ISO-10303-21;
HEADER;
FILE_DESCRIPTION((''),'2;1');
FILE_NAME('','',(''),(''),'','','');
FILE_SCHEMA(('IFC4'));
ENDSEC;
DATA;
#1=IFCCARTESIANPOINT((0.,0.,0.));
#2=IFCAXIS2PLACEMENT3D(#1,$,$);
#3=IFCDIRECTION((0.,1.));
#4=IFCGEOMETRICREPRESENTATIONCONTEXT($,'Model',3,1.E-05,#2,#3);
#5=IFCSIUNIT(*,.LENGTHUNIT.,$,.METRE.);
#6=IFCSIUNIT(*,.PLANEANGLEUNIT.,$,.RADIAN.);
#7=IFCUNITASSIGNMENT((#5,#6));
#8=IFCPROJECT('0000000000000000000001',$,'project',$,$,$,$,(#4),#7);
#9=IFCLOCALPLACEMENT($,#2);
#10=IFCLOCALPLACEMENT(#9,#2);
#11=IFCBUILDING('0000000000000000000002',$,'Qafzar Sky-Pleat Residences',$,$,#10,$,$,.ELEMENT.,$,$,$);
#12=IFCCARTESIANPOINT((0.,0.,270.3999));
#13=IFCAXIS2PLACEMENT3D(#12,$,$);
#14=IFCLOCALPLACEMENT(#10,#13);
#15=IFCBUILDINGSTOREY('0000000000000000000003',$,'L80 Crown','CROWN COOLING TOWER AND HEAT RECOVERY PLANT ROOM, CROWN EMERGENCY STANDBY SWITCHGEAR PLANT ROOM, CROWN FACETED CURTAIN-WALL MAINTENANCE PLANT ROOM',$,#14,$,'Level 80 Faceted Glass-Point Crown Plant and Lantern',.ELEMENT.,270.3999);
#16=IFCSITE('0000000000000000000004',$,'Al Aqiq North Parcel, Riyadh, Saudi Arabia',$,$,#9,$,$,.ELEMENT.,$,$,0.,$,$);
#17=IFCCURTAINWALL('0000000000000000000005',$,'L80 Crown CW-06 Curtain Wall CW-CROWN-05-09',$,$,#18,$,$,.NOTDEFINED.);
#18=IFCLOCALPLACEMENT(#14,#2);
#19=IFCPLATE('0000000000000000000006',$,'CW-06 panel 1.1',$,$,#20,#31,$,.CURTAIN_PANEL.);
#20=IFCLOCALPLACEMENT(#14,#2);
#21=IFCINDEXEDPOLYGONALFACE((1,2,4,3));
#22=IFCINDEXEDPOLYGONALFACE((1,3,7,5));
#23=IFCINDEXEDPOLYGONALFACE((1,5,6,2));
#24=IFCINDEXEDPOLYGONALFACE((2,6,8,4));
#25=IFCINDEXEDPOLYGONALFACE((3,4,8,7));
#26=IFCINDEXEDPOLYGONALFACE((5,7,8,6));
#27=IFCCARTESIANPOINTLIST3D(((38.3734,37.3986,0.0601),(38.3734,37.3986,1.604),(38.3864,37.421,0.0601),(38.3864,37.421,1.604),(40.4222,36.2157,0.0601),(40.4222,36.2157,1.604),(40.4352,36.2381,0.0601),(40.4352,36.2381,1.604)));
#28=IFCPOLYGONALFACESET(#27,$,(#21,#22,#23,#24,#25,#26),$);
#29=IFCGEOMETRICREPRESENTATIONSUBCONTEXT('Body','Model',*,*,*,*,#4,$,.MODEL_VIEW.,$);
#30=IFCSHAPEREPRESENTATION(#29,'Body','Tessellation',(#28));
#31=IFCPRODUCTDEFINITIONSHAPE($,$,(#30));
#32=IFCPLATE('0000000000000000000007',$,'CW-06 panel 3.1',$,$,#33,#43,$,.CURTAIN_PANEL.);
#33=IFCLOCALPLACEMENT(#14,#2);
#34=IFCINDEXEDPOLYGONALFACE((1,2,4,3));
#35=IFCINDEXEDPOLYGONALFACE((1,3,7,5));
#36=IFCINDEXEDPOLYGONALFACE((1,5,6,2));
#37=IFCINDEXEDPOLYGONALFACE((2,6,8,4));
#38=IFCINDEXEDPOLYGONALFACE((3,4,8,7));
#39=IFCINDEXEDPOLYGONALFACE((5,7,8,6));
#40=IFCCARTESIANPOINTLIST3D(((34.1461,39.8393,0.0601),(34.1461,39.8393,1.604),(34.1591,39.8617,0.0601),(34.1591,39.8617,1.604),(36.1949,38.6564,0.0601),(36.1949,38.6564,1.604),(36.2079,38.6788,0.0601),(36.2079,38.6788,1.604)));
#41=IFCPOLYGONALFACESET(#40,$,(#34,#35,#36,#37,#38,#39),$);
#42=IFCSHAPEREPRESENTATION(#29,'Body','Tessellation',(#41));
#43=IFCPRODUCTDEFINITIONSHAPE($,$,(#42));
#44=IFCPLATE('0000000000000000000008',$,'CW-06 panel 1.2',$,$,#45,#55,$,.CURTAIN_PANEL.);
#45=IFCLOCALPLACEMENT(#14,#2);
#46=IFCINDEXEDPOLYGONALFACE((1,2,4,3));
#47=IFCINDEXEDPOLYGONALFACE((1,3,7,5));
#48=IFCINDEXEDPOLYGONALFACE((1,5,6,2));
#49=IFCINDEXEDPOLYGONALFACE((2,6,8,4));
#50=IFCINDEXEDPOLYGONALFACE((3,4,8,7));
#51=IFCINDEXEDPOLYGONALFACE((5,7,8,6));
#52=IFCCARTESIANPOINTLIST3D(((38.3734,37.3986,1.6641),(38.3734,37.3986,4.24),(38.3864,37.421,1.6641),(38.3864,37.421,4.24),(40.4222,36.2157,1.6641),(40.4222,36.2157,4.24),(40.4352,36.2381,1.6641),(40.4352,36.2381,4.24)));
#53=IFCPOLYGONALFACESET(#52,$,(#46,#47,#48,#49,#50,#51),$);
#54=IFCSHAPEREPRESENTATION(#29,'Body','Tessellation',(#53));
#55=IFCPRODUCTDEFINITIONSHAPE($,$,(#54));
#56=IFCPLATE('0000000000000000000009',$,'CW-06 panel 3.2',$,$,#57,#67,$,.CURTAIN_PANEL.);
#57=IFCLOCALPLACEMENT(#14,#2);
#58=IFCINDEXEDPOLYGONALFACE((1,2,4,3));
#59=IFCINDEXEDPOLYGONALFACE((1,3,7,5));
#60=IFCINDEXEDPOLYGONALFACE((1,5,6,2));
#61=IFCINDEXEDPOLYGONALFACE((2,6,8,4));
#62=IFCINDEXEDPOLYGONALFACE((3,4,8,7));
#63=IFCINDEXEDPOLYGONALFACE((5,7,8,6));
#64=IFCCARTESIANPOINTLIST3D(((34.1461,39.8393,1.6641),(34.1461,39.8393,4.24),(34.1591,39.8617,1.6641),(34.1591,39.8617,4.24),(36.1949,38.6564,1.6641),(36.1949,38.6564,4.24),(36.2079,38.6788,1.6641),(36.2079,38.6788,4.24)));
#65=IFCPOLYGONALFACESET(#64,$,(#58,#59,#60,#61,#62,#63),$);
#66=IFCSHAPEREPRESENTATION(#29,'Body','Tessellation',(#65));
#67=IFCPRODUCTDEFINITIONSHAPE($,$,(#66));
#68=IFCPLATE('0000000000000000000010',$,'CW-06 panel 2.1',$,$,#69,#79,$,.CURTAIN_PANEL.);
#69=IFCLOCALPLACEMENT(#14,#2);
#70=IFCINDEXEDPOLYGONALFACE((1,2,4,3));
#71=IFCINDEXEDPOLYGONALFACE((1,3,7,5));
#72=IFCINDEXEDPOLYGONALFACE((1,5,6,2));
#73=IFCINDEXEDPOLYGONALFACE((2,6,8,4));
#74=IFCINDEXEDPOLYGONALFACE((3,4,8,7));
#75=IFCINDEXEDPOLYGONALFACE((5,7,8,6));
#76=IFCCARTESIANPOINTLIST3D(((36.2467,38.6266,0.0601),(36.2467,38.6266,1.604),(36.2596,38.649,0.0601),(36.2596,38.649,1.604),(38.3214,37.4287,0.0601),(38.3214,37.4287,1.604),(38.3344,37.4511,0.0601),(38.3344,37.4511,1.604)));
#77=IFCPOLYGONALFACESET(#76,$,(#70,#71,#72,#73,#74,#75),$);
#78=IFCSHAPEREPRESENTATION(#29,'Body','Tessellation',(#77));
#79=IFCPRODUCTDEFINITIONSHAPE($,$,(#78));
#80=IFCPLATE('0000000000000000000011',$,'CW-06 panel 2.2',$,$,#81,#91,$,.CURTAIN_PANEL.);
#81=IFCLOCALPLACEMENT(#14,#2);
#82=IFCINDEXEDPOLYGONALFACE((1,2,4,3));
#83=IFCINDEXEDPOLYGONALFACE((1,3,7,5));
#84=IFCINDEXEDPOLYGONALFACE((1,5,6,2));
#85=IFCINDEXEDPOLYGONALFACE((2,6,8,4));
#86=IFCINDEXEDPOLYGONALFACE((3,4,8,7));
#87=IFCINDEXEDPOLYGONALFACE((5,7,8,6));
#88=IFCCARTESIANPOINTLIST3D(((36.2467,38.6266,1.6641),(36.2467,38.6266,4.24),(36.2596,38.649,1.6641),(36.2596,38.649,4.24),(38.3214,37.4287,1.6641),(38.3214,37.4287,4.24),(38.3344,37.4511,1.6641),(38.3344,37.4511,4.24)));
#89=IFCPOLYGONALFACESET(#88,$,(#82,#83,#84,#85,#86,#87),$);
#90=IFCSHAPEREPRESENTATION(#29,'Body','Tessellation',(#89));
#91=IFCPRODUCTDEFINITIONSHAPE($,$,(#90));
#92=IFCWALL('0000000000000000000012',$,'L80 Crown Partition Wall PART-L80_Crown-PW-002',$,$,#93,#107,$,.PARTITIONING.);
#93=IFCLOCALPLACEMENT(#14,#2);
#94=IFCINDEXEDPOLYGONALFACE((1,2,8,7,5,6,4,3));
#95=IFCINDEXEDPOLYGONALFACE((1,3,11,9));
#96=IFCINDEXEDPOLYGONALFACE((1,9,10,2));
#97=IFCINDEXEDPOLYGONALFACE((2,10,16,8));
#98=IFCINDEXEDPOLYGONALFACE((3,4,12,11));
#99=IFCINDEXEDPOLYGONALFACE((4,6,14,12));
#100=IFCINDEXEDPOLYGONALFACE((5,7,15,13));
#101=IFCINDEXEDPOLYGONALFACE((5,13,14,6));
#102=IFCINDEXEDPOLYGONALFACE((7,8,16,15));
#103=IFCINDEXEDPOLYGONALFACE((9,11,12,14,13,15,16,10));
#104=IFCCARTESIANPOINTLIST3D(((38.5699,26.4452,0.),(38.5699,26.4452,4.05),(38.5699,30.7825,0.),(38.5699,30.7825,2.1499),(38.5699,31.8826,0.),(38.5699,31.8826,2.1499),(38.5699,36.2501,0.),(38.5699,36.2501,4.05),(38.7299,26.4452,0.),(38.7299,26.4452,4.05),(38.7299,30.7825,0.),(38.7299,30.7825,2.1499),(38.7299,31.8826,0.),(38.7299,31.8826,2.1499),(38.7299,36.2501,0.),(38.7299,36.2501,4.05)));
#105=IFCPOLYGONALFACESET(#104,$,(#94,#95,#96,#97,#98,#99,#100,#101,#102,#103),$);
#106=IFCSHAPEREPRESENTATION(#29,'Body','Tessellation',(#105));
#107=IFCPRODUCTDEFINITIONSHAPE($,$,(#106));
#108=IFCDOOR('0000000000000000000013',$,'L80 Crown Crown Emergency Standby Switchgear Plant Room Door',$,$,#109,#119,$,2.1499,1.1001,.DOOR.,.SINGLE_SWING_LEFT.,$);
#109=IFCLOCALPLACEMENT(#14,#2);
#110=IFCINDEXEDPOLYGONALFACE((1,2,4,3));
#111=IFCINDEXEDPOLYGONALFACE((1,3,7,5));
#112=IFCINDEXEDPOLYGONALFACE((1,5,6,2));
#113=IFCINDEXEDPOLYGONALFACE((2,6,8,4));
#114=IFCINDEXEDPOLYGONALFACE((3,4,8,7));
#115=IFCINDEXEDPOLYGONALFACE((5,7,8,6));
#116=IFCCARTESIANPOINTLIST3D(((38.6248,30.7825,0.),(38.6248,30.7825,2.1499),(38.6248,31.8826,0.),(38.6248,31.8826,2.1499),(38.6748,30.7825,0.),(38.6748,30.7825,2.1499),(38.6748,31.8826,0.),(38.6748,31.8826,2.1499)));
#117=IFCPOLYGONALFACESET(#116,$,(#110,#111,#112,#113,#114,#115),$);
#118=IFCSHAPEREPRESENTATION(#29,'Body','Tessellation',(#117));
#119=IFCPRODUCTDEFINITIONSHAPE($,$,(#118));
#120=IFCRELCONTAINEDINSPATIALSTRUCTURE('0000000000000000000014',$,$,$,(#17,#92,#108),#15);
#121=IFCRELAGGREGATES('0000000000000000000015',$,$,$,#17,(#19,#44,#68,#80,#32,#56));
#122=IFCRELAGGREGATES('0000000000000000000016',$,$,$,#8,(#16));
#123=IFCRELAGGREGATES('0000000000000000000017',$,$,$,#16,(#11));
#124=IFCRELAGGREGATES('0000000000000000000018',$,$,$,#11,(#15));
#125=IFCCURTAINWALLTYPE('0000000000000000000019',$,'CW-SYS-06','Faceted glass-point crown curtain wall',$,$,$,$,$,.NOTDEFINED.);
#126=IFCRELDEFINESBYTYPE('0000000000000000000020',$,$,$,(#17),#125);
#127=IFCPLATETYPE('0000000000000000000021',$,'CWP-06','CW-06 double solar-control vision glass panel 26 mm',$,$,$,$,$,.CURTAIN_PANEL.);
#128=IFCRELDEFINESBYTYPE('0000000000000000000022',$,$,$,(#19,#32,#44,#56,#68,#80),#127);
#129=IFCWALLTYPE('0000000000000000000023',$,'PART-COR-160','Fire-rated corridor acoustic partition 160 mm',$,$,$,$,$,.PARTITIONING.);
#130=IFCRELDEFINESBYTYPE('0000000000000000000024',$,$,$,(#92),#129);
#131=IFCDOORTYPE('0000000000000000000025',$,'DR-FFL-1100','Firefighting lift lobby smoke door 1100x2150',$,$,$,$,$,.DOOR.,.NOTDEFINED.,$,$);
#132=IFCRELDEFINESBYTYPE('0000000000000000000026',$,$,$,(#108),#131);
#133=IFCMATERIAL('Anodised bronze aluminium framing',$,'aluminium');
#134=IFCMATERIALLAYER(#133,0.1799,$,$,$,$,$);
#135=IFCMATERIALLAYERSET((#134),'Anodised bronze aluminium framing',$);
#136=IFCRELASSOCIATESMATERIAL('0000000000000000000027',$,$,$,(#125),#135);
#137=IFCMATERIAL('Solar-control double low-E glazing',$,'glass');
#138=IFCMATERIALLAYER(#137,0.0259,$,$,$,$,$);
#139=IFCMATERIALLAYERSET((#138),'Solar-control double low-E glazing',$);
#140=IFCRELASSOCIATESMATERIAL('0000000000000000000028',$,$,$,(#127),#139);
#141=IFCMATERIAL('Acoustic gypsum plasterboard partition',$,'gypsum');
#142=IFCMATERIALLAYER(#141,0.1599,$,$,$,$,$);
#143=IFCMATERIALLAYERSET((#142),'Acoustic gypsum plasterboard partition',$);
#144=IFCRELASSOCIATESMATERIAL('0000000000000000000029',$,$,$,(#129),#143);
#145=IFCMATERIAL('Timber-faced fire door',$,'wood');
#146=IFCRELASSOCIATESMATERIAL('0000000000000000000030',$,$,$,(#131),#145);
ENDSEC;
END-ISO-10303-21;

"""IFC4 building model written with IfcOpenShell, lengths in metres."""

from ifc_helpers import new_model, si_unit, direction, frame, frame_2d, origin, origin_2d, place, context, subcontext, project, spatial, rectangle, extrude, source, transform, mapped, material, layer, layer_set, type_object, element, fill, aggregate, save


model = new_model("IFC4")

# Units and contexts
model_context = context("Model", 3, precision=1e-05, world=origin(), true_north=direction((0.0, 1.0)))
body_context = subcontext(model_context, "Body", "Model", "MODEL_VIEW")
ifc_project = project(units=[si_unit("LENGTHUNIT", "METRE"), si_unit("PLANEANGLEUNIT", "RADIAN")], contexts=[model_context])

# Site, building, storey
site_placement = place(None, origin())
site = spatial("IfcSite", under=ifc_project, at=site_placement, Name="Al Aqiq North Parcel, Riyadh, Saudi Arabia", CompositionType="ELEMENT", RefElevation=0.0)
building_placement = place(site_placement, origin())
building = spatial("IfcBuilding", under=site, at=building_placement, Name="Qafzar Sky-Pleat Residences", CompositionType="ELEMENT")
storey_placement = place(building_placement, frame((0.0, 0.0, 270.3999)))
storey = spatial("IfcBuildingStorey", under=building, at=storey_placement, Name="L80 Crown", Description="CROWN COOLING TOWER AND HEAT RECOVERY PLANT ROOM, CROWN EMERGENCY STANDBY SWITCHGEAR PLANT ROOM, CROWN FACETED CURTAIN-WALL MAINTENANCE PLANT ROOM", LongName="Level 80 Faceted Glass-Point Crown Plant and Lantern", CompositionType="ELEMENT", Elevation=270.3999)

# Shared definitions
ifc_material_1 = material(Name="Anodised bronze aluminium framing", Category="aluminium")
ifc_layer_1 = layer(ifc_material_1, 0.1799)
ifc_layer_set_1 = layer_set([ifc_layer_1], Name="Anodised bronze aluminium framing")
curtain_wall_type = type_object("IfcCurtainWallType", Name="CW-SYS-06", Description="Faceted glass-point crown curtain wall", PredefinedType="NOTDEFINED", material=ifc_layer_set_1)

# Curtain wall, plates
curtain_wall_1_placement = place(storey_placement, origin())
curtain_wall_1 = element("IfcCurtainWall", 1, at=curtain_wall_1_placement, inside=storey, type_object=curtain_wall_type, Name="L80 Crown CW-06 Curtain Wall CW-CROWN-05-09", PredefinedType="NOTDEFINED")
ifc_material_2 = material(Name="Solar-control double low-E glazing", Category="glass")
ifc_layer_2 = layer(ifc_material_2, 0.0259)
ifc_layer_set_2 = layer_set([ifc_layer_2], Name="Solar-control double low-E glazing")
plate_type = type_object("IfcPlateType", Name="CWP-06", Description="CW-06 double solar-control vision glass panel 26 mm", PredefinedType="CURTAIN_PANEL", material=ifc_layer_set_2)
shared_shape_1 = source(origin(), body_context, "Body", "SweptSolid", [
    extrude(rectangle(XDim=2.3657, YDim=0.0259, at=origin_2d()), origin(), (0.0, 0.0, 1.0), 1.5439),
])
plate_1_placement = place(storey_placement, frame((39.4043, 36.8184, 0.0601), z_axis=(0.0, 0.0, 1.0), x_axis=(-0.866025, 0.500001, 0.0)))
plate_1 = element("IfcPlate", 2, at=plate_1_placement, type_object=plate_type, Name="CW-06 panel 1.1", PredefinedType="CURTAIN_PANEL", context=body_context, shape_type="MappedRepresentation", body=[
    mapped(shared_shape_1, transform((0.0, 0.0, 0.0), x_axis=(1.0, 0.0, 0.0), y_axis=(0.0, 1.0, 0.0), z_axis=(0.0, 0.0, 1.0), scale=1.0)),
])
plate_2_placement = place(storey_placement, frame((35.177, 39.259, 0.0601), z_axis=(0.0, 0.0, 1.0), x_axis=(-0.866025, 0.500001, 0.0)))
plate_2 = element("IfcPlate", 3, at=plate_2_placement, type_object=plate_type, Name="CW-06 panel 3.1", PredefinedType="CURTAIN_PANEL", context=body_context, shape_type="MappedRepresentation", body=[
    mapped(shared_shape_1, transform((0.0, 0.0, 0.0), x_axis=(1.0, 0.0, 0.0), y_axis=(0.0, 1.0, 0.0), z_axis=(0.0, 0.0, 1.0), scale=1.0)),
])
shared_shape_2 = source(origin(), body_context, "Body", "SweptSolid", [
    extrude(rectangle(XDim=2.3657, YDim=0.0259, at=origin_2d()), origin(), (0.0, 0.0, 1.0), 2.5759),
])
plate_3_placement = place(storey_placement, frame((39.4043, 36.8184, 1.6641), z_axis=(0.0, 0.0, 1.0), x_axis=(-0.866025, 0.500001, 0.0)))
plate_3 = element("IfcPlate", 4, at=plate_3_placement, type_object=plate_type, Name="CW-06 panel 1.2", PredefinedType="CURTAIN_PANEL", context=body_context, shape_type="MappedRepresentation", body=[
    mapped(shared_shape_2, transform((0.0, 0.0, 0.0), x_axis=(1.0, 0.0, 0.0), y_axis=(0.0, 1.0, 0.0), z_axis=(0.0, 0.0, 1.0), scale=1.0)),
])
plate_4_placement = place(storey_placement, frame((35.177, 39.259, 1.6641), z_axis=(0.0, 0.0, 1.0), x_axis=(-0.866025, 0.500001, 0.0)))
plate_4 = element("IfcPlate", 5, at=plate_4_placement, type_object=plate_type, Name="CW-06 panel 3.2", PredefinedType="CURTAIN_PANEL", context=body_context, shape_type="MappedRepresentation", body=[
    mapped(shared_shape_2, transform((0.0, 0.0, 0.0), x_axis=(1.0, 0.0, 0.0), y_axis=(0.0, 1.0, 0.0), z_axis=(0.0, 0.0, 1.0), scale=1.0)),
])
shared_shape_3 = source(origin(), body_context, "Body", "SweptSolid", [
    extrude(rectangle(XDim=2.3958, YDim=0.0259, at=origin_2d()), origin(), (0.0, 0.0, 1.0), 1.5439),
])
plate_5_placement = place(storey_placement, frame((37.2905, 38.0388, 0.0601), z_axis=(0.0, 0.0, 1.0), x_axis=(-0.866025, 0.500001, 0.0)))
plate_5 = element("IfcPlate", 6, at=plate_5_placement, type_object=plate_type, Name="CW-06 panel 2.1", PredefinedType="CURTAIN_PANEL", context=body_context, shape_type="MappedRepresentation", body=[
    mapped(shared_shape_3, transform((0.0, 0.0, 0.0), x_axis=(1.0, 0.0, 0.0), y_axis=(0.0, 1.0, 0.0), z_axis=(0.0, 0.0, 1.0), scale=1.0)),
])
shared_shape_4 = source(origin(), body_context, "Body", "SweptSolid", [
    extrude(rectangle(XDim=2.3958, YDim=0.0259, at=origin_2d()), origin(), (0.0, 0.0, 1.0), 2.5759),
])
plate_6_placement = place(storey_placement, frame((37.2905, 38.0388, 1.6641), z_axis=(0.0, 0.0, 1.0), x_axis=(-0.866025, 0.500001, 0.0)))
plate_6 = element("IfcPlate", 7, at=plate_6_placement, type_object=plate_type, Name="CW-06 panel 2.2", PredefinedType="CURTAIN_PANEL", context=body_context, shape_type="MappedRepresentation", body=[
    mapped(shared_shape_4, transform((0.0, 0.0, 0.0), x_axis=(1.0, 0.0, 0.0), y_axis=(0.0, 1.0, 0.0), z_axis=(0.0, 0.0, 1.0), scale=1.0)),
])
aggregate(curtain_wall_1, [plate_1, plate_3, plate_5, plate_6, plate_2, plate_4])

# Wall, opening, door
ifc_material_3 = material(Name="Acoustic gypsum plasterboard partition", Category="gypsum")
ifc_layer_3 = layer(ifc_material_3, 0.1599)
ifc_layer_set_3 = layer_set([ifc_layer_3], Name="Acoustic gypsum plasterboard partition")
wall_type = type_object("IfcWallType", Name="PART-COR-160", Description="Fire-rated corridor acoustic partition 160 mm", PredefinedType="PARTITIONING", material=ifc_layer_set_3)
wall_placement = place(storey_placement, frame((38.6499, 36.25, 0.0), z_axis=(0.0, 0.0, 1.0), x_axis=(0.0, -1.0, 0.0)))
wall = element("IfcWall", 8, at=wall_placement, inside=storey, type_object=wall_type, Name="L80 Crown Partition Wall PART-L80_Crown-PW-002", PredefinedType="PARTITIONING", context=body_context, shape_type="SweptSolid", body=[
    extrude(rectangle(XDim=9.8049, YDim=0.1599, at=frame_2d((4.9023, 0.0))), origin(), (0.0, 0.0, 1.0), 4.05),
])
opening_placement = place(wall_placement, frame((4.3674, 0.0, 0.0)))
opening = element("IfcOpeningElement", 9, at=opening_placement, cuts=wall, PredefinedType="OPENING", context=body_context, shape_type="SweptSolid", body=[
    extrude(rectangle(XDim=1.1001, YDim=2.1499, at=frame_2d((0.55, 1.075))), frame((0.0, 0.0898, 0.0), z_axis=(0.0, -1.0, 0.0), x_axis=(1.0, 0.0, 0.0)), (0.0, 0.0, 1.0), 0.1799),
])
ifc_material_4 = material(Name="Timber-faced fire door", Category="wood")
door_type = type_object("IfcDoorType", Name="DR-FFL-1100", Description="Firefighting lift lobby smoke door 1100x2150", OperationType="NOTDEFINED", PredefinedType="DOOR", material=ifc_material_4)
shared_shape_5 = source(origin(), body_context, "Body", "SweptSolid", [
    extrude(rectangle(XDim=1.1001, YDim=2.1499, at=frame_2d((0.55, 1.075))), frame((0.0, 0.0249, 0.0), z_axis=(0.0, -1.0, 0.0), x_axis=(1.0, 0.0, 0.0)), (0.0, 0.0, 1.0), 0.05),
])
door_placement = place(opening_placement, origin())
door = element("IfcDoor", 10, at=door_placement, inside=storey, type_object=door_type, Name="L80 Crown Crown Emergency Standby Switchgear Plant Room Door", OperationType="SINGLE_SWING_LEFT", OverallHeight=2.1499, OverallWidth=1.1001, PredefinedType="DOOR", context=body_context, shape_type="MappedRepresentation", body=[
    mapped(shared_shape_5, transform((0.0, 0.0, 0.0), x_axis=(1.0, 0.0, 0.0), y_axis=(0.0, 1.0, 0.0), z_axis=(0.0, 0.0, 1.0), scale=1.0)),
])
fill(opening, door)

save(model, "model.ifc")
